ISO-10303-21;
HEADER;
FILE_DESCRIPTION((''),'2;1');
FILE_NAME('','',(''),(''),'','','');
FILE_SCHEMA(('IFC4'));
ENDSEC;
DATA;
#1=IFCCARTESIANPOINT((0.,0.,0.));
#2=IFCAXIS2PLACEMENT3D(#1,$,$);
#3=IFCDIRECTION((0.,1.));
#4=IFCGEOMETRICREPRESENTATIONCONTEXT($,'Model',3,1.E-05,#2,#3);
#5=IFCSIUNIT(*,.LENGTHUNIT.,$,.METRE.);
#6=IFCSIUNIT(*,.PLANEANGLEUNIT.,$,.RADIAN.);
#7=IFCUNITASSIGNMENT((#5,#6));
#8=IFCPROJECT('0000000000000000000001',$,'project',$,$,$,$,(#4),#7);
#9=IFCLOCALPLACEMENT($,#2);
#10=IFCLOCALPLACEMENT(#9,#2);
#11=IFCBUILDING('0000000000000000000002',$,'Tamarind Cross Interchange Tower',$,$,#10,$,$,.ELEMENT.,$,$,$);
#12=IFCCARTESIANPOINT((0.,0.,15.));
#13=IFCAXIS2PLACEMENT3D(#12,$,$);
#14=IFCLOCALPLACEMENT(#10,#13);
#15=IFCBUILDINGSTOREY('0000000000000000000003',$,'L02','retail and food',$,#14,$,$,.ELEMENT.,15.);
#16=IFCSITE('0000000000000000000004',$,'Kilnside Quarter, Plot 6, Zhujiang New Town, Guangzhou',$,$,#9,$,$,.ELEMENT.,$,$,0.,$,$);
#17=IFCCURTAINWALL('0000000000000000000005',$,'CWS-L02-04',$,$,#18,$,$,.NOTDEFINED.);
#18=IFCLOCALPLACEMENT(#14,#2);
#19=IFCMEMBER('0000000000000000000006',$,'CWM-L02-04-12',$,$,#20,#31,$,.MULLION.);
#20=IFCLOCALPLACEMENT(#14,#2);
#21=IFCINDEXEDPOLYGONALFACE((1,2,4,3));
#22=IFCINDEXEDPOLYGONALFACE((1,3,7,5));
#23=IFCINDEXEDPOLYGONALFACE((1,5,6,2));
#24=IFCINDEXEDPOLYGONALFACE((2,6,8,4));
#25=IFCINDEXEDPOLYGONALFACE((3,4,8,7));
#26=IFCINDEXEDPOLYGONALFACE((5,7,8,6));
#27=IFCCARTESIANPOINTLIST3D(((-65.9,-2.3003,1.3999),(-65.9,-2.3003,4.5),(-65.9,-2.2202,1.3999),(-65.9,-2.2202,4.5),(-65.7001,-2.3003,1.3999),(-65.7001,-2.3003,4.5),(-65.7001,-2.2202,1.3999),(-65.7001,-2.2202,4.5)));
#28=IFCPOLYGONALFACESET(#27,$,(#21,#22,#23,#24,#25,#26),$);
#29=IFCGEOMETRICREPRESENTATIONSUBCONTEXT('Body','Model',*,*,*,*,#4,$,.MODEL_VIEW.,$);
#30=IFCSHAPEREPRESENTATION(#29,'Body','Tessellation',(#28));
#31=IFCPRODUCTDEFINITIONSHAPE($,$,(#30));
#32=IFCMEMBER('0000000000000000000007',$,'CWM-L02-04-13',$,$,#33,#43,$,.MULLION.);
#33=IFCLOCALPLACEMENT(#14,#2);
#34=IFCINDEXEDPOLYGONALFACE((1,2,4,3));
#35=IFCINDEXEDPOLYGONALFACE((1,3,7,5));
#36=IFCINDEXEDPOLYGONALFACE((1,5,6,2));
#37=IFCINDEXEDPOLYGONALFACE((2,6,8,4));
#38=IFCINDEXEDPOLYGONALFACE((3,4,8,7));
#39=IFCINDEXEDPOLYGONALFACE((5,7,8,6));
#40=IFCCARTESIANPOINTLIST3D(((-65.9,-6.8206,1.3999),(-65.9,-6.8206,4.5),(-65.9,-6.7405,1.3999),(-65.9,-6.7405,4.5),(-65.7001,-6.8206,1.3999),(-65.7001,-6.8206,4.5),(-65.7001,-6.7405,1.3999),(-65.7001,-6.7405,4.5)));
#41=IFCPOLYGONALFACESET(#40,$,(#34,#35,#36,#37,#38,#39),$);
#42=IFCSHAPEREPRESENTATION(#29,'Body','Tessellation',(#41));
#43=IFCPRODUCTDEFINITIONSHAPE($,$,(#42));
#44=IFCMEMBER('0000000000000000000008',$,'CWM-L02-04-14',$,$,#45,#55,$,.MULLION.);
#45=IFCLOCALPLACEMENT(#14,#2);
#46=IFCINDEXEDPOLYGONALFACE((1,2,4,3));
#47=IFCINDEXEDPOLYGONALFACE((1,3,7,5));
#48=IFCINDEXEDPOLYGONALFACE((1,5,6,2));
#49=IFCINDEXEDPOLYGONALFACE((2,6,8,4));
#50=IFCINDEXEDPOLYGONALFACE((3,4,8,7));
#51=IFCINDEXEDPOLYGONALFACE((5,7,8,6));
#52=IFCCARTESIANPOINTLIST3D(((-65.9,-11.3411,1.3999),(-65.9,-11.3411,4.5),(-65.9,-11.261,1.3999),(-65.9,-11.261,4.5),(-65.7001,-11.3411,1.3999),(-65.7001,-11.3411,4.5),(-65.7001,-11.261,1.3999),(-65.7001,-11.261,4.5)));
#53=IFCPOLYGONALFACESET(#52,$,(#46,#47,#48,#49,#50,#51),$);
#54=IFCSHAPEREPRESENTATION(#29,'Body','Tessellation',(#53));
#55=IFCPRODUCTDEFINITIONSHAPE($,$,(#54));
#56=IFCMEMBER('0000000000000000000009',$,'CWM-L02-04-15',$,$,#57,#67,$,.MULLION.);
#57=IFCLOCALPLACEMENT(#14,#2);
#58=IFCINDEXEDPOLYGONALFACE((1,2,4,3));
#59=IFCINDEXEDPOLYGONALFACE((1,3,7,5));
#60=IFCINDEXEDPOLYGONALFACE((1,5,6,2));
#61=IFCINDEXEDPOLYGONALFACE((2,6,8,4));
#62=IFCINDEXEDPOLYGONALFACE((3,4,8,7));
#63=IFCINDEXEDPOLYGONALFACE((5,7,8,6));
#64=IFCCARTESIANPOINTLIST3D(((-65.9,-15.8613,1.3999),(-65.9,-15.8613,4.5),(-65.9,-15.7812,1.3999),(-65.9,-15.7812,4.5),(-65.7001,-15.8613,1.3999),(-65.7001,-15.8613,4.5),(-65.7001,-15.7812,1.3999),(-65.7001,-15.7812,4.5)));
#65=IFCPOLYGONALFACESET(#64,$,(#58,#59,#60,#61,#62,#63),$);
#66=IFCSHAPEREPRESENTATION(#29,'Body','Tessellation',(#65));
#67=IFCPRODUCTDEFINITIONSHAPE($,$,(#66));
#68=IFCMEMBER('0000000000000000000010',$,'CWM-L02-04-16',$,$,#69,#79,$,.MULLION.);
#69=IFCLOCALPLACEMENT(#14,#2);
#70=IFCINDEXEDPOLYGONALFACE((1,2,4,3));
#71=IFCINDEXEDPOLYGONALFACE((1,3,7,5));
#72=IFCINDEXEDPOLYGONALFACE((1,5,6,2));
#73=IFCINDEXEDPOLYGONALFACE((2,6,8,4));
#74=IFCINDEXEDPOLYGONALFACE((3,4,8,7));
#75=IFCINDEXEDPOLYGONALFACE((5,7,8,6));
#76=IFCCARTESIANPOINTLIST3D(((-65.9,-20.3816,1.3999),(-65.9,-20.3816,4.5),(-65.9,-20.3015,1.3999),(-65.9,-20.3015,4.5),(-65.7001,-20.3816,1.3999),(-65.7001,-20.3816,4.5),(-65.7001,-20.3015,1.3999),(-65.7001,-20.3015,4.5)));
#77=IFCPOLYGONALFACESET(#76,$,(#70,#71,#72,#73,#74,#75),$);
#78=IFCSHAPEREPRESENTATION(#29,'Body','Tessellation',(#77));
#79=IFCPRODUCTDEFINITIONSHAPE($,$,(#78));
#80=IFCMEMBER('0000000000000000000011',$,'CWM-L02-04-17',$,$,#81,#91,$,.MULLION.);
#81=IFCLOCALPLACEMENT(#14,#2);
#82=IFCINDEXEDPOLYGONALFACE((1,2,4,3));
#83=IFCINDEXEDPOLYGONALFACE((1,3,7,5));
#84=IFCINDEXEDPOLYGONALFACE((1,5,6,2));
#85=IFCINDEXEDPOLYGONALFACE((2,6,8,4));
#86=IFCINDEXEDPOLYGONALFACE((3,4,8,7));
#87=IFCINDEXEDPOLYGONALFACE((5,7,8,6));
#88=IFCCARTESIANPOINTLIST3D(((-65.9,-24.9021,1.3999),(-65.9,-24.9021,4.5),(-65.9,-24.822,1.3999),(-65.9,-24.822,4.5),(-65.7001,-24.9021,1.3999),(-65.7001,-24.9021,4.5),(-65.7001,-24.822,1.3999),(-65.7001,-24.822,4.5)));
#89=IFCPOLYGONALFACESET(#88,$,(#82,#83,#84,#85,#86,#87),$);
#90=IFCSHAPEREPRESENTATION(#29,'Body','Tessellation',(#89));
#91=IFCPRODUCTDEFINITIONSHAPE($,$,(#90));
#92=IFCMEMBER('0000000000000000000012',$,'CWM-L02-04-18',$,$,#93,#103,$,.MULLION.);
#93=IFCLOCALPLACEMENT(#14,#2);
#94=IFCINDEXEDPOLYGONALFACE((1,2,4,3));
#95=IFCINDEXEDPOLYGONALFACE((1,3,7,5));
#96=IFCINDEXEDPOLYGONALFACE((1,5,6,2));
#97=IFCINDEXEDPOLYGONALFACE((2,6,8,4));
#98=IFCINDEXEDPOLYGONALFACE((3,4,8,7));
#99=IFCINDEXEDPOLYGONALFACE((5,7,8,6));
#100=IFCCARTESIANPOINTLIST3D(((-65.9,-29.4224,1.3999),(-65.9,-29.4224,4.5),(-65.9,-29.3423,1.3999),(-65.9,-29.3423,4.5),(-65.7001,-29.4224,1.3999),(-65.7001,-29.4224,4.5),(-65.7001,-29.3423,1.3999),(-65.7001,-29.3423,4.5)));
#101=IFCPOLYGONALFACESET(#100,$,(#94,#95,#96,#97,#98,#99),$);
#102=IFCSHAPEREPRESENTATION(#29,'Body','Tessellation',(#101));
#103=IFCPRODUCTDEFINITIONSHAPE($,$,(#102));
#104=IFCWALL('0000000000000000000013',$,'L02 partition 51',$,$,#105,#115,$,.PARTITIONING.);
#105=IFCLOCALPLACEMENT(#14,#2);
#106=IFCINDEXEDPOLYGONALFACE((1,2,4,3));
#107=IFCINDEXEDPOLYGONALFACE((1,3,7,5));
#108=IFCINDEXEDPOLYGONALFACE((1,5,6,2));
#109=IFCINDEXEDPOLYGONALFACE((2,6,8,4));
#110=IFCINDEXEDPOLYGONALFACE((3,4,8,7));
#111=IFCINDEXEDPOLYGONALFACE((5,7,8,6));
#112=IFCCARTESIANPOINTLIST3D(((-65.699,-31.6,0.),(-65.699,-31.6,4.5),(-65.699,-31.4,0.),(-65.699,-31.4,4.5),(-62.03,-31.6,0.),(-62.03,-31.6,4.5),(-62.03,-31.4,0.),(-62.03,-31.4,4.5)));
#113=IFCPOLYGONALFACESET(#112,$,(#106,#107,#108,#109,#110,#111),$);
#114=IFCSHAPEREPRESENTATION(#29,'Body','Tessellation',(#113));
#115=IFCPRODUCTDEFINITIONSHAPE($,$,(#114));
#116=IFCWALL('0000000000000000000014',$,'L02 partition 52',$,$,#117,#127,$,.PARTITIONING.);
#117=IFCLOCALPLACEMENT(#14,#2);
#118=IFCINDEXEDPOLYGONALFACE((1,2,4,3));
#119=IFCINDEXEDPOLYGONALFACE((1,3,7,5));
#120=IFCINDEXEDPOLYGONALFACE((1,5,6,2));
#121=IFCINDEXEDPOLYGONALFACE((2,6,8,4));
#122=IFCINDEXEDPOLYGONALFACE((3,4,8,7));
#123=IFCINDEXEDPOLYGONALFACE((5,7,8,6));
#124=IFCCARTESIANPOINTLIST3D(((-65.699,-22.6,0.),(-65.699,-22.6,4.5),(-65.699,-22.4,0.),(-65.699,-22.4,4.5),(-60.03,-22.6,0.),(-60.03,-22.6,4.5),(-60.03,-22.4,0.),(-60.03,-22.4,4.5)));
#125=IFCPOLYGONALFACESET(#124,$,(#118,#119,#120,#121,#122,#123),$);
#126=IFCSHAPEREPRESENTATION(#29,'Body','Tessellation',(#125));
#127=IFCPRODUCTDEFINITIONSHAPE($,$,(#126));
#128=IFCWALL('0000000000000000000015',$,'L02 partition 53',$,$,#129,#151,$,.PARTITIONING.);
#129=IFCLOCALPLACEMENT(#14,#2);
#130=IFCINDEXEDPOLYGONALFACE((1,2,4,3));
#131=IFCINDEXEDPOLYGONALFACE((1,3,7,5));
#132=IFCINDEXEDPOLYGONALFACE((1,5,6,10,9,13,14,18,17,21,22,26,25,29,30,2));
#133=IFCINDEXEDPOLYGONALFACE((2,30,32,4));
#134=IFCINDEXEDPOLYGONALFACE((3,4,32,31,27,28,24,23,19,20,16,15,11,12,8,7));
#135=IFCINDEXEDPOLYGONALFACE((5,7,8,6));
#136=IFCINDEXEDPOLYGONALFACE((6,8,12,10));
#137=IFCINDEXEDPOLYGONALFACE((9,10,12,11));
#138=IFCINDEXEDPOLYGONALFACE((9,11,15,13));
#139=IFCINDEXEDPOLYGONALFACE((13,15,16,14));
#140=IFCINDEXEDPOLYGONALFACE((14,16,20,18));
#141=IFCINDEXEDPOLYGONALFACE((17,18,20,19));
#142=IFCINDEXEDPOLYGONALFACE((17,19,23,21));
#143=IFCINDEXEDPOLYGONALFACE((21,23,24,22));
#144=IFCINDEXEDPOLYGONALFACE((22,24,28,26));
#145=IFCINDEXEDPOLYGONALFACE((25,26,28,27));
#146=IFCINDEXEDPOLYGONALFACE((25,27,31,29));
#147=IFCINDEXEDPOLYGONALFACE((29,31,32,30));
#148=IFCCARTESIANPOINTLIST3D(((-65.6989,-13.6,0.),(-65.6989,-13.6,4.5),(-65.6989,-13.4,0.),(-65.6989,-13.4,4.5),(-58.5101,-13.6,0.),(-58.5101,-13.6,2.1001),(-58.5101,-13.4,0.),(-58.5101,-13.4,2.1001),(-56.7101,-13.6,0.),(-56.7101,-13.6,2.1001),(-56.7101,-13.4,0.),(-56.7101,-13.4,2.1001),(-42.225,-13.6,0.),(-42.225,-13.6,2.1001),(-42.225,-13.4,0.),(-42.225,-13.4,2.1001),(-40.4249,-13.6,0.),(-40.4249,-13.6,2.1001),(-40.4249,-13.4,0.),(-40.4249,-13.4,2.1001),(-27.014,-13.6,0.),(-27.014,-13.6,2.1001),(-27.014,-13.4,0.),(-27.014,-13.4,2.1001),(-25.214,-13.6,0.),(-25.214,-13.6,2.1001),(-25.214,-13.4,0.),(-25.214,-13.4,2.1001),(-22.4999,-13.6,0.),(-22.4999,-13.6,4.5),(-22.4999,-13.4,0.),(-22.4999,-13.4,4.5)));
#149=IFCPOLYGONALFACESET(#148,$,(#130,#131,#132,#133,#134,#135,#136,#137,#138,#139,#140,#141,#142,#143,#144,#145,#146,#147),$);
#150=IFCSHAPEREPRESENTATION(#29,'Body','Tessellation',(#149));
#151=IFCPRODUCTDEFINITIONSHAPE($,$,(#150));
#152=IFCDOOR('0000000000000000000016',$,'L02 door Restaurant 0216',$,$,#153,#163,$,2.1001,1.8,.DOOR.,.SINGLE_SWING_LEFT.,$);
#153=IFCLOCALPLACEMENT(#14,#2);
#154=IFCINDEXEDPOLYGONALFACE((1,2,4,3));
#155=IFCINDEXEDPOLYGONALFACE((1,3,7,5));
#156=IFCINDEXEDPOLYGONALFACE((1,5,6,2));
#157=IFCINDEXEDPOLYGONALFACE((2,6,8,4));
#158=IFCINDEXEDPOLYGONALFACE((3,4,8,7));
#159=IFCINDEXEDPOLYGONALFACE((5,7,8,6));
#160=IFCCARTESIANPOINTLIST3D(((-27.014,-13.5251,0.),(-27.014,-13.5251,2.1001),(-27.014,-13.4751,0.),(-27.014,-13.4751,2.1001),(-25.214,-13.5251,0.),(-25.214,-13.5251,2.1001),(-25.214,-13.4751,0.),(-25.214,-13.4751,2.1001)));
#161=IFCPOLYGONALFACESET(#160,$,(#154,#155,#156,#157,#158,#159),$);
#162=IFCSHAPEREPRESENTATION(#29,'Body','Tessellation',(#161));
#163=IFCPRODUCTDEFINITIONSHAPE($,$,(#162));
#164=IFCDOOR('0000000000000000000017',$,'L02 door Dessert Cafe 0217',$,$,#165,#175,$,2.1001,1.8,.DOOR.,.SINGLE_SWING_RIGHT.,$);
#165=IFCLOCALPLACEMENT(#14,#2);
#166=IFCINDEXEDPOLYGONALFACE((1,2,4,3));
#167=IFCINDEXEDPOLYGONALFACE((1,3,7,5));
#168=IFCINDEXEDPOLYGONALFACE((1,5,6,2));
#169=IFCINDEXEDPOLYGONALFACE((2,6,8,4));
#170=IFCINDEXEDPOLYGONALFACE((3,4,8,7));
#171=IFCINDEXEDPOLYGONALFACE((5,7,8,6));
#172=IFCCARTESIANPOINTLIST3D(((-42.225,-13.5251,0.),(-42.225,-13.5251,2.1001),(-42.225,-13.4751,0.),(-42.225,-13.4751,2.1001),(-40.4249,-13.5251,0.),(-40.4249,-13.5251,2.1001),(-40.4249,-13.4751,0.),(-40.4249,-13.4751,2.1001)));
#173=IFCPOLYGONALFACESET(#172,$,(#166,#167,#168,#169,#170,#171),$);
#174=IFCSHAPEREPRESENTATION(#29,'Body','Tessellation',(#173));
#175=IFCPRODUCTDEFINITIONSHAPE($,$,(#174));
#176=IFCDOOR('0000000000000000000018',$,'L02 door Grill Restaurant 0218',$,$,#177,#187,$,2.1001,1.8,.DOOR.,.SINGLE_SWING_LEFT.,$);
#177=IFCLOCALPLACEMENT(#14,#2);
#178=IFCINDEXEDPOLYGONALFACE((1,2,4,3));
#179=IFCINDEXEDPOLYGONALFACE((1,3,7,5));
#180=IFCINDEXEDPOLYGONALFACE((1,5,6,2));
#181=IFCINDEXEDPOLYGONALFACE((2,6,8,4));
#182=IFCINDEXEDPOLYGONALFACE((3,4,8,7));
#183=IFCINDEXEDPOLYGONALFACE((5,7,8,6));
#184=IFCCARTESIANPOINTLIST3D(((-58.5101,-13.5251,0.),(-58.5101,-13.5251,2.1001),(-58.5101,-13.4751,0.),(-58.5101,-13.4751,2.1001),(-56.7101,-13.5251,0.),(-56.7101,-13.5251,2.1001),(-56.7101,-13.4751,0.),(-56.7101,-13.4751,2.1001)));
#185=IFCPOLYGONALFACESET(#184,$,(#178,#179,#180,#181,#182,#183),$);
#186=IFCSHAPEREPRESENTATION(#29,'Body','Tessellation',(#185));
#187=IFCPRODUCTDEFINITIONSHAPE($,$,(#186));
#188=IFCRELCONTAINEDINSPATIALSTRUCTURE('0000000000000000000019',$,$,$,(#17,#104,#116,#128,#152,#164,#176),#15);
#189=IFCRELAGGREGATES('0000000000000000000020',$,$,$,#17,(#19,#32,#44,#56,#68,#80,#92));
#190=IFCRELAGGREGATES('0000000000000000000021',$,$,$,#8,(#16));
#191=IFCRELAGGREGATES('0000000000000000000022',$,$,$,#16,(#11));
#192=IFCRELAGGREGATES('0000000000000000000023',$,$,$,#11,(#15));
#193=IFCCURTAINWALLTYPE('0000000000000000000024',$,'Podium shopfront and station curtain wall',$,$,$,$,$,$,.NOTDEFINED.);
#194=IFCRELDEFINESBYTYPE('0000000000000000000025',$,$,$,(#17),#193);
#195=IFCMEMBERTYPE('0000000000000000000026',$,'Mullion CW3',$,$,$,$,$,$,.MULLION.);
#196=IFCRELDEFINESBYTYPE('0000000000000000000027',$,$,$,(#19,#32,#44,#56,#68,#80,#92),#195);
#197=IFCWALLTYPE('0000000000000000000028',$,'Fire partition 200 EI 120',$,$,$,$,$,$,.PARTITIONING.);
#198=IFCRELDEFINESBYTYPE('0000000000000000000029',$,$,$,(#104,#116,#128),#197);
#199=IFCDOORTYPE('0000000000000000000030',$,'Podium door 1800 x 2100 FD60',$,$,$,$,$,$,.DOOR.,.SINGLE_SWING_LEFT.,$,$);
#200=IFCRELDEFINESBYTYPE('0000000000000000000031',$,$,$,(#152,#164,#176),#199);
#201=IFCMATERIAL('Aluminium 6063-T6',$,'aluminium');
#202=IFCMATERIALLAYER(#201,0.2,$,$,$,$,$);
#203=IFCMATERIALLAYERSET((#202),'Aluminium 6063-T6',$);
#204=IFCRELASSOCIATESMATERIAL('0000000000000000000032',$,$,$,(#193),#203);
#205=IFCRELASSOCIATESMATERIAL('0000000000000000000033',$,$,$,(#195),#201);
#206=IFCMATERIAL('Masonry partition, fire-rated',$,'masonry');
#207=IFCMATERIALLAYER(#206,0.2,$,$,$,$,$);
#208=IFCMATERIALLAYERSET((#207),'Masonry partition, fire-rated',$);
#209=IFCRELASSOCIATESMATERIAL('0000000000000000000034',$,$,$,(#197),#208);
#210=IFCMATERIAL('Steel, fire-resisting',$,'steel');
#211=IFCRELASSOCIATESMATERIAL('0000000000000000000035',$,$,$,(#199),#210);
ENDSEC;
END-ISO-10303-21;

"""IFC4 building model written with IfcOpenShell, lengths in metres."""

from ifc_helpers import new_model, si_unit, direction, frame, frame_2d, origin, origin_2d, place, context, subcontext, project, spatial, rectangle, extrude, material, layer, layer_set, material_profile, profile_set, type_object, element, fill, aggregate, save


model = new_model("IFC4")

# Units and contexts
model_context = context("Model", 3, precision=1e-05, world=origin(), true_north=direction((0.0, 1.0)))
body_context = subcontext(model_context, "Body", "Model", "MODEL_VIEW")
ifc_project = project(units=[si_unit("LENGTHUNIT", "METRE"), si_unit("PLANEANGLEUNIT", "RADIAN")], contexts=[model_context])

# Site, building, storey
site_placement = place(None, origin())
site = spatial("IfcSite", under=ifc_project, at=site_placement, Name="Kilnside Quarter, Plot 6, Zhujiang New Town, Guangzhou", CompositionType="ELEMENT", RefElevation=0.0)
building_placement = place(site_placement, origin())
building = spatial("IfcBuilding", under=site, at=building_placement, Name="Tamarind Cross Interchange Tower", CompositionType="ELEMENT")
storey_placement = place(building_placement, frame((0.0, 0.0, 15.0)))
storey = spatial("IfcBuildingStorey", under=building, at=storey_placement, Name="L02", Description="retail and food", CompositionType="ELEMENT", Elevation=15.0)

# Curtain wall, members
ifc_material_1 = material(Name="Aluminium 6063-T6", Category="aluminium")
ifc_layer_1 = layer(ifc_material_1, 0.2)
ifc_layer_set_1 = layer_set([ifc_layer_1], Name="Aluminium 6063-T6")
curtain_wall_type = type_object("IfcCurtainWallType", Name="Podium shopfront and station curtain wall", PredefinedType="NOTDEFINED", material=ifc_layer_set_1)
curtain_wall_placement = place(storey_placement, origin())
curtain_wall = element("IfcCurtainWall", 1, at=curtain_wall_placement, inside=storey, type_object=curtain_wall_type, Name="CWS-L02-04", PredefinedType="NOTDEFINED")
ifc_material_profile = material_profile(ifc_material_1, rectangle(XDim=0.0801, YDim=0.2, at=origin_2d()), Name="Mullion CW3")
ifc_profile_set = profile_set([ifc_material_profile], Name="Aluminium 6063-T6")
member_type = type_object("IfcMemberType", Name="Mullion CW3", PredefinedType="MULLION", material=ifc_profile_set)
member_1_placement = place(storey_placement, frame((-65.8, -2.2603, 1.3999), z_axis=(0.0, 0.0, 1.0), x_axis=(0.0, -1.0, 0.0)))
member_1 = element("IfcMember", 2, at=member_1_placement, type_object=member_type, Name="CWM-L02-04-12", PredefinedType="MULLION", context=body_context, shape_type="SweptSolid", body=[
    extrude(rectangle(XDim=0.0801, YDim=0.2, at=origin_2d()), origin(), (0.0, 0.0, 1.0), 3.1001),
])
member_2_placement = place(storey_placement, frame((-65.8, -6.7805, 1.3999), z_axis=(0.0, 0.0, 1.0), x_axis=(0.0, -1.0, 0.0)))
member_2 = element("IfcMember", 3, at=member_2_placement, type_object=member_type, Name="CWM-L02-04-13", PredefinedType="MULLION", context=body_context, shape_type="SweptSolid", body=[
    extrude(rectangle(XDim=0.0801, YDim=0.2, at=origin_2d()), origin(), (0.0, 0.0, 1.0), 3.1001),
])
member_3_placement = place(storey_placement, frame((-65.8, -11.301, 1.3999), z_axis=(0.0, 0.0, 1.0), x_axis=(0.0, -1.0, 0.0)))
member_3 = element("IfcMember", 4, at=member_3_placement, type_object=member_type, Name="CWM-L02-04-14", PredefinedType="MULLION", context=body_context, shape_type="SweptSolid", body=[
    extrude(rectangle(XDim=0.0801, YDim=0.2, at=origin_2d()), origin(), (0.0, 0.0, 1.0), 3.1001),
])
member_4_placement = place(storey_placement, frame((-65.8, -15.8213, 1.3999), z_axis=(0.0, 0.0, 1.0), x_axis=(0.0, -1.0, 0.0)))
member_4 = element("IfcMember", 5, at=member_4_placement, type_object=member_type, Name="CWM-L02-04-15", PredefinedType="MULLION", context=body_context, shape_type="SweptSolid", body=[
    extrude(rectangle(XDim=0.0801, YDim=0.2, at=origin_2d()), origin(), (0.0, 0.0, 1.0), 3.1001),
])
member_5_placement = place(storey_placement, frame((-65.8, -20.3416, 1.3999), z_axis=(0.0, 0.0, 1.0), x_axis=(0.0, -1.0, 0.0)))
member_5 = element("IfcMember", 6, at=member_5_placement, type_object=member_type, Name="CWM-L02-04-16", PredefinedType="MULLION", context=body_context, shape_type="SweptSolid", body=[
    extrude(rectangle(XDim=0.0801, YDim=0.2, at=origin_2d()), origin(), (0.0, 0.0, 1.0), 3.1001),
])
member_6_placement = place(storey_placement, frame((-65.8, -24.8621, 1.3999), z_axis=(0.0, 0.0, 1.0), x_axis=(0.0, -1.0, 0.0)))
member_6 = element("IfcMember", 7, at=member_6_placement, type_object=member_type, Name="CWM-L02-04-17", PredefinedType="MULLION", context=body_context, shape_type="SweptSolid", body=[
    extrude(rectangle(XDim=0.0801, YDim=0.2, at=origin_2d()), origin(), (0.0, 0.0, 1.0), 3.1001),
])
member_7_placement = place(storey_placement, frame((-65.8, -29.3823, 1.3999), z_axis=(0.0, 0.0, 1.0), x_axis=(0.0, -1.0, 0.0)))
member_7 = element("IfcMember", 8, at=member_7_placement, type_object=member_type, Name="CWM-L02-04-18", PredefinedType="MULLION", context=body_context, shape_type="SweptSolid", body=[
    extrude(rectangle(XDim=0.0801, YDim=0.2, at=origin_2d()), origin(), (0.0, 0.0, 1.0), 3.1001),
])
aggregate(curtain_wall, [member_1, member_2, member_3, member_4, member_5, member_6, member_7])

# Walls
ifc_material_2 = material(Name="Masonry partition, fire-rated", Category="masonry")
ifc_layer_2 = layer(ifc_material_2, 0.2)
ifc_layer_set_2 = layer_set([ifc_layer_2], Name="Masonry partition, fire-rated")
wall_type_1 = type_object("IfcWallType", Name="Fire partition 200 EI 120", PredefinedType="PARTITIONING", material=ifc_layer_set_2)
wall_1_placement = place(storey_placement, frame((-65.699, -31.5, 0.0), z_axis=(0.0, 0.0, 1.0), x_axis=(1.0, 0.0, 0.0)))
element("IfcWall", 9, at=wall_1_placement, inside=storey, type_object=wall_type_1, Name="L02 partition 51", PredefinedType="PARTITIONING", context=body_context, shape_type="SweptSolid", body=[
    extrude(rectangle(XDim=3.6689, YDim=0.2, at=frame_2d((1.8345, 0.0))), origin(), (0.0, 0.0, 1.0), 4.5),
])
wall_2_placement = place(storey_placement, frame((-65.699, -22.5, 0.0), z_axis=(0.0, 0.0, 1.0), x_axis=(1.0, 0.0, 0.0)))
element("IfcWall", 10, at=wall_2_placement, inside=storey, type_object=wall_type_1, Name="L02 partition 52", PredefinedType="PARTITIONING", context=body_context, shape_type="SweptSolid", body=[
    extrude(rectangle(XDim=5.6689, YDim=0.2, at=frame_2d((2.8345, 0.0))), origin(), (0.0, 0.0, 1.0), 4.5),
])

# Wall, openings, doors
wall_3_placement = place(storey_placement, frame((-65.699, -13.5, 0.0), z_axis=(0.0, 0.0, 1.0), x_axis=(1.0, 0.0, 0.0)))
wall_3 = element("IfcWall", 11, at=wall_3_placement, inside=storey, type_object=wall_type_1, Name="L02 partition 53", PredefinedType="PARTITIONING", context=body_context, shape_type="SweptSolid", body=[
    extrude(rectangle(XDim=43.199, YDim=0.2, at=frame_2d((21.5996, 0.0))), origin(), (0.0, 0.0, 1.0), 4.5),
])
opening_1_placement = place(wall_3_placement, frame((38.6851, 0.0, 0.0)))
opening_1 = element("IfcOpeningElement", 12, at=opening_1_placement, cuts=wall_3, PredefinedType="OPENING", context=body_context, shape_type="SweptSolid", body=[
    extrude(rectangle(XDim=1.8, YDim=2.1001, at=frame_2d((0.8999, 1.05))), frame((0.0, 0.1099, 0.0), z_axis=(0.0, -1.0, 0.0), x_axis=(1.0, 0.0, 0.0)), (0.0, 0.0, 1.0), 0.22),
])
opening_2_placement = place(wall_3_placement, frame((23.4741, 0.0, 0.0)))
opening_2 = element("IfcOpeningElement", 13, at=opening_2_placement, cuts=wall_3, PredefinedType="OPENING", context=body_context, shape_type="SweptSolid", body=[
    extrude(rectangle(XDim=1.8, YDim=2.1001, at=frame_2d((0.8999, 1.05))), frame((0.0, 0.1099, 0.0), z_axis=(0.0, -1.0, 0.0), x_axis=(1.0, 0.0, 0.0)), (0.0, 0.0, 1.0), 0.22),
])
opening_3_placement = place(wall_3_placement, frame((7.189, 0.0, 0.0)))
opening_3 = element("IfcOpeningElement", 14, at=opening_3_placement, cuts=wall_3, PredefinedType="OPENING", context=body_context, shape_type="SweptSolid", body=[
    extrude(rectangle(XDim=1.8, YDim=2.1001, at=frame_2d((0.8999, 1.05))), frame((0.0, 0.1099, 0.0), z_axis=(0.0, -1.0, 0.0), x_axis=(1.0, 0.0, 0.0)), (0.0, 0.0, 1.0), 0.22),
])
ifc_material_3 = material(Name="Steel, fire-resisting", Category="steel")
door_type_1 = type_object("IfcDoorType", Name="Podium door 1800 x 2100 FD60", OperationType="SINGLE_SWING_LEFT", PredefinedType="DOOR", material=ifc_material_3)
door_1_placement = place(opening_1_placement, origin())
door_1 = element("IfcDoor", 15, at=door_1_placement, inside=storey, type_object=door_type_1, Name="L02 door Restaurant 0216", OperationType="SINGLE_SWING_LEFT", OverallHeight=2.1001, OverallWidth=1.8, PredefinedType="DOOR", context=body_context, shape_type="SweptSolid", body=[
    extrude(rectangle(XDim=1.8, YDim=2.1001, at=frame_2d((0.8999, 1.05))), frame((0.0, 0.0249, 0.0), z_axis=(0.0, -1.0, 0.0), x_axis=(1.0, 0.0, 0.0)), (0.0, 0.0, 1.0), 0.05),
])
fill(opening_1, door_1)
door_2_placement = place(opening_2_placement, origin())
door_2 = element("IfcDoor", 16, at=door_2_placement, inside=storey, type_object=door_type_1, Name="L02 door Dessert Cafe 0217", OperationType="SINGLE_SWING_RIGHT", OverallHeight=2.1001, OverallWidth=1.8, PredefinedType="DOOR", context=body_context, shape_type="SweptSolid", body=[
    extrude(rectangle(XDim=1.8, YDim=2.1001, at=frame_2d((0.8999, 1.05))), frame((0.0, 0.0249, 0.0), z_axis=(0.0, -1.0, 0.0), x_axis=(1.0, 0.0, 0.0)), (0.0, 0.0, 1.0), 0.05),
])
fill(opening_2, door_2)
door_3_placement = place(opening_3_placement, origin())
door_3 = element("IfcDoor", 17, at=door_3_placement, inside=storey, type_object=door_type_1, Name="L02 door Grill Restaurant 0218", OperationType="SINGLE_SWING_LEFT", OverallHeight=2.1001, OverallWidth=1.8, PredefinedType="DOOR", context=body_context, shape_type="SweptSolid", body=[
    extrude(rectangle(XDim=1.8, YDim=2.1001, at=frame_2d((0.8999, 1.05))), frame((0.0, 0.0249, 0.0), z_axis=(0.0, -1.0, 0.0), x_axis=(1.0, 0.0, 0.0)), (0.0, 0.0, 1.0), 0.05),
])
fill(opening_3, door_3)

save(model, "model.ifc")
